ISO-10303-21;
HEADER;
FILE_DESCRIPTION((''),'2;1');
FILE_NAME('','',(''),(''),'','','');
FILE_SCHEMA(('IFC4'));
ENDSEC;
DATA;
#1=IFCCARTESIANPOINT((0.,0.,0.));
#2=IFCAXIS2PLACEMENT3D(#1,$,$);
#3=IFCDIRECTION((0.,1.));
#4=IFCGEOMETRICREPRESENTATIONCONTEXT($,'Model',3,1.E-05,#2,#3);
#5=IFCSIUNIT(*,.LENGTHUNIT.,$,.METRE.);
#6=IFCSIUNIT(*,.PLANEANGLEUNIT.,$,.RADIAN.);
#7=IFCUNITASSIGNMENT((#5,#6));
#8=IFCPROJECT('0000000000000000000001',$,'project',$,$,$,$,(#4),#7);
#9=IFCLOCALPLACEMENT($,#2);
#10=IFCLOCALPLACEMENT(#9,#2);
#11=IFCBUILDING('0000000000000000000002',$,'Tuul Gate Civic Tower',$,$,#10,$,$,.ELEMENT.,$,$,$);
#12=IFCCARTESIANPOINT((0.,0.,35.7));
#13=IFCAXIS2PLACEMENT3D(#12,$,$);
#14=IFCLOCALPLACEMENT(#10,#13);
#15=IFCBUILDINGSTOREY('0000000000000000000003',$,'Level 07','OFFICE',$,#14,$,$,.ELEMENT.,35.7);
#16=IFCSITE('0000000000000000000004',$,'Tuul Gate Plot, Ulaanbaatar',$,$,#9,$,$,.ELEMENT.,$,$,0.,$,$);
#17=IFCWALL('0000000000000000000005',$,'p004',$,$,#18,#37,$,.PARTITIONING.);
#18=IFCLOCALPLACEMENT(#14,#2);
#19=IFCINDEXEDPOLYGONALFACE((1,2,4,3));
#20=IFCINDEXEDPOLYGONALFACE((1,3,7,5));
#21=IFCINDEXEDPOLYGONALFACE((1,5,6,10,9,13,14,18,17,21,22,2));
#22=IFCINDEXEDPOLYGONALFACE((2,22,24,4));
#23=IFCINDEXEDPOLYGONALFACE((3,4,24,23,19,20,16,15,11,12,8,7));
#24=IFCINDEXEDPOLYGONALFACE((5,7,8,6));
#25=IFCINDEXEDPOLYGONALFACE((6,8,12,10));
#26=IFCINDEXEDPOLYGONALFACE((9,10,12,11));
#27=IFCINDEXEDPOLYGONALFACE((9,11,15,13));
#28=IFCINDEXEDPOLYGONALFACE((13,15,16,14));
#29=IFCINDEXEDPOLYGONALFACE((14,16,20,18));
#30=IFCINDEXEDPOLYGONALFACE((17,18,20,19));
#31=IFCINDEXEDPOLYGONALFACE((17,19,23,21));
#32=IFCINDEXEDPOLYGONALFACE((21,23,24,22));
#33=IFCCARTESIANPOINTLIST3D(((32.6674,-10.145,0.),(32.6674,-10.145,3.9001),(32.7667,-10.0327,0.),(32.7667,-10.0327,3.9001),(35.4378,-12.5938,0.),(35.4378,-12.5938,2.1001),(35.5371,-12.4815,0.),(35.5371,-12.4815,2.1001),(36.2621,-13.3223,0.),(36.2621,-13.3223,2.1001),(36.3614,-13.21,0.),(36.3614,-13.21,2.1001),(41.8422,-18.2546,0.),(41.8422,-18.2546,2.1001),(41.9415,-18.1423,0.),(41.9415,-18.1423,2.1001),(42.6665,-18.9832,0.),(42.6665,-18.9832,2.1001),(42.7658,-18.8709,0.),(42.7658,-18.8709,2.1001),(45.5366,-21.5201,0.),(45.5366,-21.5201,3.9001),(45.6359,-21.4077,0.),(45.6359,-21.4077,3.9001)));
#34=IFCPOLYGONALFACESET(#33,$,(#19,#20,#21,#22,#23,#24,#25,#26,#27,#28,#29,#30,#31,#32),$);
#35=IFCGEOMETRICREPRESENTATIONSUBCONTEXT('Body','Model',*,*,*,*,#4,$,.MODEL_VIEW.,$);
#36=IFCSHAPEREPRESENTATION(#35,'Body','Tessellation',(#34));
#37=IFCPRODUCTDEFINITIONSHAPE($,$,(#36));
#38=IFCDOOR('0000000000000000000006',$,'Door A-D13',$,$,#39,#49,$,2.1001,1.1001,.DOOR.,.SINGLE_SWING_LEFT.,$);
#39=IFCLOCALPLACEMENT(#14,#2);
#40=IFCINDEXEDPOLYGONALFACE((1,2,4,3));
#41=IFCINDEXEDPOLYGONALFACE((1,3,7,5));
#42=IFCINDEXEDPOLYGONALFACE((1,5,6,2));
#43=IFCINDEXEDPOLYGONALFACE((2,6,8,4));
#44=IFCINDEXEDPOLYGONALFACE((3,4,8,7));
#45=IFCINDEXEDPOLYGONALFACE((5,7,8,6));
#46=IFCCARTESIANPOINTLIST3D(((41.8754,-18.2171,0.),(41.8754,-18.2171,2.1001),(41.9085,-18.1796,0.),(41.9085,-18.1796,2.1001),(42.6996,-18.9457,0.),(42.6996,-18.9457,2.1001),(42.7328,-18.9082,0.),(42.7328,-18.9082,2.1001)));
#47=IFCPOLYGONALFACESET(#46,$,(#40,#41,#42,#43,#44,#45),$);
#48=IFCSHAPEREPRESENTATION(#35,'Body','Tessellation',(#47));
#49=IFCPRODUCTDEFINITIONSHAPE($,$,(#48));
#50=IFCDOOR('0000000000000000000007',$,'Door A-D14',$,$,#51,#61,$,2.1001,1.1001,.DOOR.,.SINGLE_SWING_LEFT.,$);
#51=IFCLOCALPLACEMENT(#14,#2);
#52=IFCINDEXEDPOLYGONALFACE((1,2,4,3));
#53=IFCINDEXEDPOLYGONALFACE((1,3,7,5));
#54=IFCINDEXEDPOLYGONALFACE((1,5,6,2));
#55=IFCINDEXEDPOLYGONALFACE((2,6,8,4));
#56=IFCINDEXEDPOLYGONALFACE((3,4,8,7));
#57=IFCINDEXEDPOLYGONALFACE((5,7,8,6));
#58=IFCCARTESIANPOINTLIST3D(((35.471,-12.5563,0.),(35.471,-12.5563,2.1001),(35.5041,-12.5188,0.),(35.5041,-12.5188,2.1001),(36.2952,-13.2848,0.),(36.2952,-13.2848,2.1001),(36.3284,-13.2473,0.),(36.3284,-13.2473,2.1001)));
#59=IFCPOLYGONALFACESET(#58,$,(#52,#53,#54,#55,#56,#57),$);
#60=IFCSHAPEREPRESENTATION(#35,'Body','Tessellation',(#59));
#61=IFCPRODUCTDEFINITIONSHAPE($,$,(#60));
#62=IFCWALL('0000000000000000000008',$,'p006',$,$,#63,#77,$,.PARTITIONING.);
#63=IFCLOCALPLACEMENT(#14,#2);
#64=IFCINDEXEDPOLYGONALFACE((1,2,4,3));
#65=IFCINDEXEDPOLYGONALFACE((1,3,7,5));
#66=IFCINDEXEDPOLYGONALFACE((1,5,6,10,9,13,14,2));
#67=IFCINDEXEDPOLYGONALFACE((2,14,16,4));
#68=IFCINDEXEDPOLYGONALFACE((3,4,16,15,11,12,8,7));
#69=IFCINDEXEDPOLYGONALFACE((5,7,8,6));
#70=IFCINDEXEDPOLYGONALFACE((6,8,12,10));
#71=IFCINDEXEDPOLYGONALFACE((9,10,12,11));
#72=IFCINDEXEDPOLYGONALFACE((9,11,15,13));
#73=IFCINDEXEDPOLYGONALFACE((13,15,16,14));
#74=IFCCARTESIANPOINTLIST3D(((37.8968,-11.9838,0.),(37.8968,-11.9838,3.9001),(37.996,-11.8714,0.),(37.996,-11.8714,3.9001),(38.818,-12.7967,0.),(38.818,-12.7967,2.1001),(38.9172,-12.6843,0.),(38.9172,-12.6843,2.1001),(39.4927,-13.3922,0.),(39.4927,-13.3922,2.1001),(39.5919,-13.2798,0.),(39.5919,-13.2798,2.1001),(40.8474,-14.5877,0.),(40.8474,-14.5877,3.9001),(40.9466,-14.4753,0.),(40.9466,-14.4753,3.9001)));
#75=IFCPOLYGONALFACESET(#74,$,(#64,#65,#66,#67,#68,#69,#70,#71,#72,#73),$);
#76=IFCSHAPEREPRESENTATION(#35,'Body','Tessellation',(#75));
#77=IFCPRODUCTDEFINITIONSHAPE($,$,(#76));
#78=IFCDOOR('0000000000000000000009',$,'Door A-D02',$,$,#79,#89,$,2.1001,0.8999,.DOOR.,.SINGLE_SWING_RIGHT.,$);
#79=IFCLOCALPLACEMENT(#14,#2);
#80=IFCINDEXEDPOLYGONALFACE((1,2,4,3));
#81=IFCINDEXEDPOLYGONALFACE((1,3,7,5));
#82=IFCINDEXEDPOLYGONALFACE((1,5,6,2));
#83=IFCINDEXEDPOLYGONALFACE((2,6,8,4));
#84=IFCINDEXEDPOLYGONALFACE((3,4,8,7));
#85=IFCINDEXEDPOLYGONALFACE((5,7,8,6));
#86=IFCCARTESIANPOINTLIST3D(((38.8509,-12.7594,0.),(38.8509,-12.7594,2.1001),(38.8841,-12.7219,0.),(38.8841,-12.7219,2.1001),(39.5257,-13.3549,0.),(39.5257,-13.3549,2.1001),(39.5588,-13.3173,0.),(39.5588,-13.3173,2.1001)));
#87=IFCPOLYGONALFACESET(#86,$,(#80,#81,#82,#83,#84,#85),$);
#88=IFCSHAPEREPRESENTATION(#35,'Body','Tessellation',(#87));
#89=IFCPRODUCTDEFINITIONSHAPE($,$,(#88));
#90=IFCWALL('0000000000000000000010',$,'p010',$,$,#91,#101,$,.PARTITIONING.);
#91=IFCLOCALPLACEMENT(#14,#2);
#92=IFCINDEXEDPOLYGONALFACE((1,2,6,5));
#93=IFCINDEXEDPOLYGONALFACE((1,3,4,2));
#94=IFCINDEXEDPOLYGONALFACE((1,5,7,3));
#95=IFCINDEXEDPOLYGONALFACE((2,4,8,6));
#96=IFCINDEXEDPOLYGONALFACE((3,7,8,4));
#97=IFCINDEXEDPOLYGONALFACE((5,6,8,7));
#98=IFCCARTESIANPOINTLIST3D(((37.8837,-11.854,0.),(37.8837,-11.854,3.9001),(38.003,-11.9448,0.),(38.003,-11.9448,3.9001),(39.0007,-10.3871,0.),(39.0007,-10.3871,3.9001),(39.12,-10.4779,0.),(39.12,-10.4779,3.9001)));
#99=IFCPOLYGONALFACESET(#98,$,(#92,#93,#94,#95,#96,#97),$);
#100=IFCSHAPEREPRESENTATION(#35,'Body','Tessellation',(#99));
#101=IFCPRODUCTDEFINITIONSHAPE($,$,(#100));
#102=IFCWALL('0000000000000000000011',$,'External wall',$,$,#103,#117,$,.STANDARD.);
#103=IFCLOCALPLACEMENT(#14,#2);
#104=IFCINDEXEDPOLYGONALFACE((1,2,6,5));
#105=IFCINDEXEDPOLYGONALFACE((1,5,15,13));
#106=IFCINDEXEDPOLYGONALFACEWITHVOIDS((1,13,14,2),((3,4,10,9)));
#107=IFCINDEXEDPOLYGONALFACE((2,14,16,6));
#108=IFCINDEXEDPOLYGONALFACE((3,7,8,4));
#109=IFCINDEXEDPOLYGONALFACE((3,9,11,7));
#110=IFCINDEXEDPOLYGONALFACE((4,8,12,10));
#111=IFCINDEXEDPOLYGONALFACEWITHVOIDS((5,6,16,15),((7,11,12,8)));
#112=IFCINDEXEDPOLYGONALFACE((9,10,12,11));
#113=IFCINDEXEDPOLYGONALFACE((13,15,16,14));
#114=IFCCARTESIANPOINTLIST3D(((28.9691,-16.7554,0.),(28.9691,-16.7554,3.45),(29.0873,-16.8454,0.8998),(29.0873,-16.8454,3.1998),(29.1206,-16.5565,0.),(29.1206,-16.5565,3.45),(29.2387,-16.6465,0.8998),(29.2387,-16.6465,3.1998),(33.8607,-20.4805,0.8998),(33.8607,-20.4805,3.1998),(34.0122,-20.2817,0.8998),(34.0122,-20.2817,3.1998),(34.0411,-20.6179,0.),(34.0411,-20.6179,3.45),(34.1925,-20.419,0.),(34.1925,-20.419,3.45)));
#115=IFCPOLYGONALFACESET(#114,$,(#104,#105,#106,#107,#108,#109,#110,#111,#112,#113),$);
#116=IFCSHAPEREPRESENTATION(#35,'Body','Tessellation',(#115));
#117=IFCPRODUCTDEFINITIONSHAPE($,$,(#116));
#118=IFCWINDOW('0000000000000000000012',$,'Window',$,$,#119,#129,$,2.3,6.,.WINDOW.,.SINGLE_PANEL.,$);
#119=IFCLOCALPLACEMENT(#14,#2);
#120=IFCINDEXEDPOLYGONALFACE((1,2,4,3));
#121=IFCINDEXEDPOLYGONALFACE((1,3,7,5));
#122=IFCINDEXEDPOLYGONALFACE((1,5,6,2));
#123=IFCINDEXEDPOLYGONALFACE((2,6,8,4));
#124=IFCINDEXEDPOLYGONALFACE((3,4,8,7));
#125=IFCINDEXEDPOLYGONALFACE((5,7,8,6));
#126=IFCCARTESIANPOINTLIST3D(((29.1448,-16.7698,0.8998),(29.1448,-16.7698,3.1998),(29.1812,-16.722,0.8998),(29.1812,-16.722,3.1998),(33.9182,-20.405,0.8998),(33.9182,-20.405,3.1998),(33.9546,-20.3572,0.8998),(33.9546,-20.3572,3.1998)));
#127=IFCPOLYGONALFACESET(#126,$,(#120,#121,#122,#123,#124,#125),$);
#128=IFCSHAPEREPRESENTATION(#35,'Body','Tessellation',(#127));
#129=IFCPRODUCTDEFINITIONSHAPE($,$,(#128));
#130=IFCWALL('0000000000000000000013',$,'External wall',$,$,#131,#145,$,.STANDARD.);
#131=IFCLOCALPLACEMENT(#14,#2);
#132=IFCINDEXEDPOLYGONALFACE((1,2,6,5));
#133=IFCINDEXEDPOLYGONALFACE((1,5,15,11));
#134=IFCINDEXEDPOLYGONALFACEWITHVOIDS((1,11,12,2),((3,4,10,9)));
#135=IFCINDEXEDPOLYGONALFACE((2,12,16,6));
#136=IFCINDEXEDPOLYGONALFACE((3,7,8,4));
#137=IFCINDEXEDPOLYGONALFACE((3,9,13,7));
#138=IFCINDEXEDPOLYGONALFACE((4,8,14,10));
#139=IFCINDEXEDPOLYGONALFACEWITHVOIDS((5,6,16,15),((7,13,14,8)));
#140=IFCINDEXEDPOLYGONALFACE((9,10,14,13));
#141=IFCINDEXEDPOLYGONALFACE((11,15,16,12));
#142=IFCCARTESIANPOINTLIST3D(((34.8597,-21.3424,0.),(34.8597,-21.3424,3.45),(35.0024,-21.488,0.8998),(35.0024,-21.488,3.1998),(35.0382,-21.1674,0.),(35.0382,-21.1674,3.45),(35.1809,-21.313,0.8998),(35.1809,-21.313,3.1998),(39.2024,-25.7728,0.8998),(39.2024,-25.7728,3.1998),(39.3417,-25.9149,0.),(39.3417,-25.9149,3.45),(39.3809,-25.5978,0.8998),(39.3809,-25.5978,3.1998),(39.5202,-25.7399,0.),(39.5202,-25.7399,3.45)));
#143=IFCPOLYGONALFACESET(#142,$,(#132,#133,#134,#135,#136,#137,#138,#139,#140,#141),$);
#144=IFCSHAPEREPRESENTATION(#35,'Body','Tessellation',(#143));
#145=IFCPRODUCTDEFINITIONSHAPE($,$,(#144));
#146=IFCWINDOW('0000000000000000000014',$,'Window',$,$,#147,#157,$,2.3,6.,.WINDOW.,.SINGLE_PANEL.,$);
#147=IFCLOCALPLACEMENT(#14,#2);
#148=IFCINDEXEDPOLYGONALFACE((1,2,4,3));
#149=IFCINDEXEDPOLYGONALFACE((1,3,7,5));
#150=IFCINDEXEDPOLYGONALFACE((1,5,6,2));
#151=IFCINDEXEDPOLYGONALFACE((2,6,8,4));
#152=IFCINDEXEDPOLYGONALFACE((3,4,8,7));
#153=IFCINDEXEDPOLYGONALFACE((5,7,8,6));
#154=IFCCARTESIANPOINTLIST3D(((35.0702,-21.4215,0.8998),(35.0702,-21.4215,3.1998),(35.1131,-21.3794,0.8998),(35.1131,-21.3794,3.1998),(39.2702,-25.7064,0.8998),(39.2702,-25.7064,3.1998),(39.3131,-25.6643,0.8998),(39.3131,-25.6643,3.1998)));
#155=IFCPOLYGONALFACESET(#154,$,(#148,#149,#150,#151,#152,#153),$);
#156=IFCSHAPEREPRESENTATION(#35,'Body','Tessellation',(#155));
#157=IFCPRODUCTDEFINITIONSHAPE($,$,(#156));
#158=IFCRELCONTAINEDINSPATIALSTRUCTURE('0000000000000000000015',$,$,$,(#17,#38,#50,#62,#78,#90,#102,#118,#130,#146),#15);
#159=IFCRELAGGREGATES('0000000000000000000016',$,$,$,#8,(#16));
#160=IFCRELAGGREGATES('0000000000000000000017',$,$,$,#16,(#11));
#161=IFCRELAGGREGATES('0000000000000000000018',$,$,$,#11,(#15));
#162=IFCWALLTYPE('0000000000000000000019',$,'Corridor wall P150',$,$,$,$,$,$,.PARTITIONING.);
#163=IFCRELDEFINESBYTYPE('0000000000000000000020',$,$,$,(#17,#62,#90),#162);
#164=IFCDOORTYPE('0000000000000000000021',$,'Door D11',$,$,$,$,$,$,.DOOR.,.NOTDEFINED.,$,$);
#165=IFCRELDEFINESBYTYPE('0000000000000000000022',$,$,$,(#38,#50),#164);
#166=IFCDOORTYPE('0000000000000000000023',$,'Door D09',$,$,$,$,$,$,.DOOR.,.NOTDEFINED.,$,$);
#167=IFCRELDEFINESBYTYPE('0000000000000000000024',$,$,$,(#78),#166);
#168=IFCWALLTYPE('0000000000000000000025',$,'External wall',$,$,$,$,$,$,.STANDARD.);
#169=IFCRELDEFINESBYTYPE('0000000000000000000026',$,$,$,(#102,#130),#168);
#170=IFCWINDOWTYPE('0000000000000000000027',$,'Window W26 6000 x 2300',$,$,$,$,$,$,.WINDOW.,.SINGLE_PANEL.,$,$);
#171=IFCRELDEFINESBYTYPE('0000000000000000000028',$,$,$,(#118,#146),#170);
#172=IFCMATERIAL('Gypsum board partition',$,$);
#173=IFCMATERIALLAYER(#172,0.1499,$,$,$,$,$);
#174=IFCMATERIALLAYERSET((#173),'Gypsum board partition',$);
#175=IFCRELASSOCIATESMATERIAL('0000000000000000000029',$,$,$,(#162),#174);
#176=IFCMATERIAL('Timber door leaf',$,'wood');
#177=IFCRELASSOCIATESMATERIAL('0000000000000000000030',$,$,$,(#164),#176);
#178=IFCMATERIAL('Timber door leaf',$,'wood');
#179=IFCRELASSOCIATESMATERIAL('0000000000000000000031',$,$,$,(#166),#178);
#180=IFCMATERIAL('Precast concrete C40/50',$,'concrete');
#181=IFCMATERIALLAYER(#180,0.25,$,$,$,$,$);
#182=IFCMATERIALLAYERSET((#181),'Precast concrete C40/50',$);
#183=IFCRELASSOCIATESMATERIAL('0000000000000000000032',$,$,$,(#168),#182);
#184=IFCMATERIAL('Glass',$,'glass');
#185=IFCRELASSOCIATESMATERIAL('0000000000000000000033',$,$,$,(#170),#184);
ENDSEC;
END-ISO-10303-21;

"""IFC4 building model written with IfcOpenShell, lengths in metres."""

from ifc_helpers import new_model, si_unit, direction, frame, frame_2d, origin, place, context, subcontext, project, spatial, rectangle, extrude, material, layer, layer_set, type_object, element, fill, save


model = new_model("IFC4")

# Units and contexts
model_context = context("Model", 3, precision=1e-05, world=origin(), true_north=direction((0.0, 1.0)))
body_context = subcontext(model_context, "Body", "Model", "MODEL_VIEW")
ifc_project = project(units=[si_unit("LENGTHUNIT", "METRE"), si_unit("PLANEANGLEUNIT", "RADIAN")], contexts=[model_context])

# Site, building, storey
site_placement = place(None, origin())
site = spatial("IfcSite", under=ifc_project, at=site_placement, Name="Tuul Gate Plot, Ulaanbaatar", CompositionType="ELEMENT", RefElevation=0.0)
building_placement = place(site_placement, origin())
building = spatial("IfcBuilding", under=site, at=building_placement, Name="Tuul Gate Civic Tower", CompositionType="ELEMENT")
storey_placement = place(building_placement, frame((0.0, 0.0, 35.7)))
storey = spatial("IfcBuildingStorey", under=building, at=storey_placement, Name="Level 07", Description="OFFICE", CompositionType="ELEMENT", Elevation=35.7)

# Wall, openings, doors
ifc_material_1 = material(Name="Gypsum board partition")
ifc_layer_1 = layer(ifc_material_1, 0.1499)
ifc_layer_set_1 = layer_set([ifc_layer_1], Name="Gypsum board partition")
wall_type_1 = type_object("IfcWallType", Name="Corridor wall P150", PredefinedType="PARTITIONING", material=ifc_layer_set_1)
wall_1_placement = place(storey_placement, frame((32.717, -10.0889, 0.0), z_axis=(0.0, 0.0, 1.0), x_axis=(0.749263, -0.662272, 0.0)))
wall_1 = element("IfcWall", 1, at=wall_1_placement, inside=storey, type_object=wall_type_1, Name="p004", PredefinedType="PARTITIONING", context=body_context, shape_type="SweptSolid", body=[
    extrude(rectangle(XDim=17.1758, YDim=0.1499, at=frame_2d((8.5879, 0.0))), origin(), (0.0, 0.0, 1.0), 3.9001),
])
opening_1_placement = place(wall_1_placement, frame((12.2451, 0.0, 0.0)))
opening_1 = element("IfcOpeningElement", 2, at=opening_1_placement, cuts=wall_1, PredefinedType="OPENING", context=body_context, shape_type="SweptSolid", body=[
    extrude(rectangle(XDim=1.1001, YDim=2.1001, at=frame_2d((0.55, 1.05))), frame((0.0, 0.085, 0.0), z_axis=(0.0, -1.0, 0.0), x_axis=(1.0, 0.0, 0.0)), (0.0, 0.0, 1.0), 0.1699),
])
opening_2_placement = place(wall_1_placement, frame((3.6975, 0.0, 0.0)))
opening_2 = element("IfcOpeningElement", 3, at=opening_2_placement, cuts=wall_1, PredefinedType="OPENING", context=body_context, shape_type="SweptSolid", body=[
    extrude(rectangle(XDim=1.1001, YDim=2.1001, at=frame_2d((0.55, 1.05))), frame((0.0, 0.085, 0.0), z_axis=(0.0, -1.0, 0.0), x_axis=(1.0, 0.0, 0.0)), (0.0, 0.0, 1.0), 0.1699),
])
ifc_material_2 = material(Name="Timber door leaf", Category="wood")
door_type_1 = type_object("IfcDoorType", Name="Door D11", OperationType="NOTDEFINED", PredefinedType="DOOR", material=ifc_material_2)
door_1_placement = place(opening_1_placement, frame((1.1001, 0.0, 0.0), z_axis=(0.0, 0.0, 1.0), x_axis=(-1.0, 0.0, 0.0)))
door_1 = element("IfcDoor", 4, at=door_1_placement, inside=storey, type_object=door_type_1, Name="Door A-D13", OperationType="SINGLE_SWING_LEFT", OverallHeight=2.1001, OverallWidth=1.1001, PredefinedType="DOOR", context=body_context, shape_type="SweptSolid", body=[
    extrude(rectangle(XDim=1.1001, YDim=2.1001, at=frame_2d((0.55, 1.05))), frame((0.0, 0.0249, 0.0), z_axis=(0.0, -1.0, 0.0), x_axis=(1.0, 0.0, 0.0)), (0.0, 0.0, 1.0), 0.05),
])
fill(opening_1, door_1)
door_2_placement = place(opening_2_placement, frame((1.1001, 0.0, 0.0), z_axis=(0.0, 0.0, 1.0), x_axis=(-1.0, 0.0, 0.0)))
door_2 = element("IfcDoor", 5, at=door_2_placement, inside=storey, type_object=door_type_1, Name="Door A-D14", OperationType="SINGLE_SWING_LEFT", OverallHeight=2.1001, OverallWidth=1.1001, PredefinedType="DOOR", context=body_context, shape_type="SweptSolid", body=[
    extrude(rectangle(XDim=1.1001, YDim=2.1001, at=frame_2d((0.55, 1.05))), frame((0.0, 0.0249, 0.0), z_axis=(0.0, -1.0, 0.0), x_axis=(1.0, 0.0, 0.0)), (0.0, 0.0, 1.0), 0.05),
])
fill(opening_2, door_2)

# Wall, opening, door
wall_2_placement = place(storey_placement, frame((37.9463, -11.9275, 0.0), z_axis=(0.0, 0.0, 1.0), x_axis=(0.74978, -0.661687, 0.0)))
wall_2 = element("IfcWall", 6, at=wall_2_placement, inside=storey, type_object=wall_type_1, Name="p006", PredefinedType="PARTITIONING", context=body_context, shape_type="SweptSolid", body=[
    extrude(rectangle(XDim=3.9353, YDim=0.1499, at=frame_2d((1.9678, 0.0))), origin(), (0.0, 0.0, 1.0), 3.9001),
])
opening_3_placement = place(wall_2_placement, frame((1.2288, 0.0, 0.0)))
opening_3 = element("IfcOpeningElement", 7, at=opening_3_placement, cuts=wall_2, PredefinedType="OPENING", context=body_context, shape_type="SweptSolid", body=[
    extrude(rectangle(XDim=0.8999, YDim=2.1001, at=frame_2d((0.45, 1.05))), frame((0.0, 0.085, 0.0), z_axis=(0.0, -1.0, 0.0), x_axis=(1.0, 0.0, 0.0)), (0.0, 0.0, 1.0), 0.1699),
])
ifc_material_3 = material(Name="Timber door leaf", Category="wood")
door_type_2 = type_object("IfcDoorType", Name="Door D09", OperationType="NOTDEFINED", PredefinedType="DOOR", material=ifc_material_3)
door_3_placement = place(opening_3_placement, origin())
door_3 = element("IfcDoor", 8, at=door_3_placement, inside=storey, type_object=door_type_2, Name="Door A-D02", OperationType="SINGLE_SWING_RIGHT", OverallHeight=2.1001, OverallWidth=0.8999, PredefinedType="DOOR", context=body_context, shape_type="SweptSolid", body=[
    extrude(rectangle(XDim=0.8999, YDim=2.1001, at=frame_2d((0.45, 1.05))), frame((0.0, 0.0249, 0.0), z_axis=(0.0, -1.0, 0.0), x_axis=(1.0, 0.0, 0.0)), (0.0, 0.0, 1.0), 0.05),
])
fill(opening_3, door_3)

# Wall
wall_3_placement = place(storey_placement, frame((37.9434, -11.8994, 0.0), z_axis=(0.0, 0.0, 1.0), x_axis=(0.605832, 0.795593, 0.0)))
element("IfcWall", 9, at=wall_3_placement, inside=storey, type_object=wall_type_1, Name="p010", PredefinedType="PARTITIONING", context=body_context, shape_type="SweptSolid", body=[
    extrude(rectangle(XDim=1.8438, YDim=0.1499, at=frame_2d((0.9219, 0.0))), origin(), (0.0, 0.0, 1.0), 3.9001),
])

# Walls, openings, windows
ifc_material_4 = material(Name="Precast concrete C40/50", Category="concrete")
ifc_layer_2 = layer(ifc_material_4, 0.25)
ifc_layer_set_2 = layer_set([ifc_layer_2], Name="Precast concrete C40/50")
wall_type_2 = type_object("IfcWallType", Name="External wall", PredefinedType="STANDARD", material=ifc_layer_set_2)
wall_4_placement = place(storey_placement, frame((29.0449, -16.656, 0.0), z_axis=(0.0, 0.0, 1.0), x_axis=(0.795571, -0.60586, 0.0)))
wall_4 = element("IfcWall", 10, at=wall_4_placement, inside=storey, type_object=wall_type_2, Name="External wall", PredefinedType="STANDARD", context=body_context, shape_type="SweptSolid", body=[
    extrude(rectangle(XDim=6.3752, YDim=0.25, at=frame_2d((3.1875, 0.0))), origin(), (0.0, 0.0, 1.0), 3.45),
])
opening_4_placement = place(wall_4_placement, frame((0.1484, 0.0, 0.8999)))
opening_4 = element("IfcOpeningElement", 11, at=opening_4_placement, cuts=wall_4, PredefinedType="OPENING", context=body_context, shape_type="SweptSolid", body=[
    extrude(rectangle(XDim=6.0, YDim=2.3, at=frame_2d((3.0, 1.1499))), frame((0.0, 0.135, 0.0), z_axis=(0.0, -1.0, 0.0), x_axis=(1.0, 0.0, 0.0)), (0.0, 0.0, 1.0), 0.27),
])
ifc_material_5 = material(Name="Glass", Category="glass")
window_type = type_object("IfcWindowType", Name="Window W26 6000 x 2300", PartitioningType="SINGLE_PANEL", PredefinedType="WINDOW", material=ifc_material_5)
window_1_placement = place(opening_4_placement, origin())
window_1 = element("IfcWindow", 12, at=window_1_placement, inside=storey, type_object=window_type, Name="Window", OverallHeight=2.3, OverallWidth=6.0, PartitioningType="SINGLE_PANEL", PredefinedType="WINDOW", context=body_context, shape_type="SweptSolid", body=[
    extrude(rectangle(XDim=6.0, YDim=2.3, at=frame_2d((3.0, 1.1499))), frame((0.0, 0.03, 0.0), z_axis=(0.0, -1.0, 0.0), x_axis=(1.0, 0.0, 0.0)), (0.0, 0.0, 1.0), 0.0601),
])
fill(opening_4, window_1)
wall_5_placement = place(storey_placement, frame((34.949, -21.2549, 0.0), z_axis=(0.0, 0.0, 1.0), x_axis=(0.699998, -0.714145, 0.0)))
wall_5 = element("IfcWall", 13, at=wall_5_placement, inside=storey, type_object=wall_type_2, Name="External wall", PredefinedType="STANDARD", context=body_context, shape_type="SweptSolid", body=[
    extrude(rectangle(XDim=6.4028, YDim=0.25, at=frame_2d((3.2014, 0.0))), origin(), (0.0, 0.0, 1.0), 3.45),
])
opening_5_placement = place(wall_5_placement, frame((0.2039, 0.0, 0.8999)))
opening_5 = element("IfcOpeningElement", 14, at=opening_5_placement, cuts=wall_5, PredefinedType="OPENING", context=body_context, shape_type="SweptSolid", body=[
    extrude(rectangle(XDim=6.0, YDim=2.3, at=frame_2d((3.0, 1.1499))), frame((0.0, 0.135, 0.0), z_axis=(0.0, -1.0, 0.0), x_axis=(1.0, 0.0, 0.0)), (0.0, 0.0, 1.0), 0.27),
])
window_2_placement = place(opening_5_placement, origin())
window_2 = element("IfcWindow", 15, at=window_2_placement, inside=storey, type_object=window_type, Name="Window", OverallHeight=2.3, OverallWidth=6.0, PartitioningType="SINGLE_PANEL", PredefinedType="WINDOW", context=body_context, shape_type="SweptSolid", body=[
    extrude(rectangle(XDim=6.0, YDim=2.3, at=frame_2d((3.0, 1.1499))), frame((0.0, 0.03, 0.0), z_axis=(0.0, -1.0, 0.0), x_axis=(1.0, 0.0, 0.0)), (0.0, 0.0, 1.0), 0.0601),
])
fill(opening_5, window_2)

save(model, "model.ifc")
